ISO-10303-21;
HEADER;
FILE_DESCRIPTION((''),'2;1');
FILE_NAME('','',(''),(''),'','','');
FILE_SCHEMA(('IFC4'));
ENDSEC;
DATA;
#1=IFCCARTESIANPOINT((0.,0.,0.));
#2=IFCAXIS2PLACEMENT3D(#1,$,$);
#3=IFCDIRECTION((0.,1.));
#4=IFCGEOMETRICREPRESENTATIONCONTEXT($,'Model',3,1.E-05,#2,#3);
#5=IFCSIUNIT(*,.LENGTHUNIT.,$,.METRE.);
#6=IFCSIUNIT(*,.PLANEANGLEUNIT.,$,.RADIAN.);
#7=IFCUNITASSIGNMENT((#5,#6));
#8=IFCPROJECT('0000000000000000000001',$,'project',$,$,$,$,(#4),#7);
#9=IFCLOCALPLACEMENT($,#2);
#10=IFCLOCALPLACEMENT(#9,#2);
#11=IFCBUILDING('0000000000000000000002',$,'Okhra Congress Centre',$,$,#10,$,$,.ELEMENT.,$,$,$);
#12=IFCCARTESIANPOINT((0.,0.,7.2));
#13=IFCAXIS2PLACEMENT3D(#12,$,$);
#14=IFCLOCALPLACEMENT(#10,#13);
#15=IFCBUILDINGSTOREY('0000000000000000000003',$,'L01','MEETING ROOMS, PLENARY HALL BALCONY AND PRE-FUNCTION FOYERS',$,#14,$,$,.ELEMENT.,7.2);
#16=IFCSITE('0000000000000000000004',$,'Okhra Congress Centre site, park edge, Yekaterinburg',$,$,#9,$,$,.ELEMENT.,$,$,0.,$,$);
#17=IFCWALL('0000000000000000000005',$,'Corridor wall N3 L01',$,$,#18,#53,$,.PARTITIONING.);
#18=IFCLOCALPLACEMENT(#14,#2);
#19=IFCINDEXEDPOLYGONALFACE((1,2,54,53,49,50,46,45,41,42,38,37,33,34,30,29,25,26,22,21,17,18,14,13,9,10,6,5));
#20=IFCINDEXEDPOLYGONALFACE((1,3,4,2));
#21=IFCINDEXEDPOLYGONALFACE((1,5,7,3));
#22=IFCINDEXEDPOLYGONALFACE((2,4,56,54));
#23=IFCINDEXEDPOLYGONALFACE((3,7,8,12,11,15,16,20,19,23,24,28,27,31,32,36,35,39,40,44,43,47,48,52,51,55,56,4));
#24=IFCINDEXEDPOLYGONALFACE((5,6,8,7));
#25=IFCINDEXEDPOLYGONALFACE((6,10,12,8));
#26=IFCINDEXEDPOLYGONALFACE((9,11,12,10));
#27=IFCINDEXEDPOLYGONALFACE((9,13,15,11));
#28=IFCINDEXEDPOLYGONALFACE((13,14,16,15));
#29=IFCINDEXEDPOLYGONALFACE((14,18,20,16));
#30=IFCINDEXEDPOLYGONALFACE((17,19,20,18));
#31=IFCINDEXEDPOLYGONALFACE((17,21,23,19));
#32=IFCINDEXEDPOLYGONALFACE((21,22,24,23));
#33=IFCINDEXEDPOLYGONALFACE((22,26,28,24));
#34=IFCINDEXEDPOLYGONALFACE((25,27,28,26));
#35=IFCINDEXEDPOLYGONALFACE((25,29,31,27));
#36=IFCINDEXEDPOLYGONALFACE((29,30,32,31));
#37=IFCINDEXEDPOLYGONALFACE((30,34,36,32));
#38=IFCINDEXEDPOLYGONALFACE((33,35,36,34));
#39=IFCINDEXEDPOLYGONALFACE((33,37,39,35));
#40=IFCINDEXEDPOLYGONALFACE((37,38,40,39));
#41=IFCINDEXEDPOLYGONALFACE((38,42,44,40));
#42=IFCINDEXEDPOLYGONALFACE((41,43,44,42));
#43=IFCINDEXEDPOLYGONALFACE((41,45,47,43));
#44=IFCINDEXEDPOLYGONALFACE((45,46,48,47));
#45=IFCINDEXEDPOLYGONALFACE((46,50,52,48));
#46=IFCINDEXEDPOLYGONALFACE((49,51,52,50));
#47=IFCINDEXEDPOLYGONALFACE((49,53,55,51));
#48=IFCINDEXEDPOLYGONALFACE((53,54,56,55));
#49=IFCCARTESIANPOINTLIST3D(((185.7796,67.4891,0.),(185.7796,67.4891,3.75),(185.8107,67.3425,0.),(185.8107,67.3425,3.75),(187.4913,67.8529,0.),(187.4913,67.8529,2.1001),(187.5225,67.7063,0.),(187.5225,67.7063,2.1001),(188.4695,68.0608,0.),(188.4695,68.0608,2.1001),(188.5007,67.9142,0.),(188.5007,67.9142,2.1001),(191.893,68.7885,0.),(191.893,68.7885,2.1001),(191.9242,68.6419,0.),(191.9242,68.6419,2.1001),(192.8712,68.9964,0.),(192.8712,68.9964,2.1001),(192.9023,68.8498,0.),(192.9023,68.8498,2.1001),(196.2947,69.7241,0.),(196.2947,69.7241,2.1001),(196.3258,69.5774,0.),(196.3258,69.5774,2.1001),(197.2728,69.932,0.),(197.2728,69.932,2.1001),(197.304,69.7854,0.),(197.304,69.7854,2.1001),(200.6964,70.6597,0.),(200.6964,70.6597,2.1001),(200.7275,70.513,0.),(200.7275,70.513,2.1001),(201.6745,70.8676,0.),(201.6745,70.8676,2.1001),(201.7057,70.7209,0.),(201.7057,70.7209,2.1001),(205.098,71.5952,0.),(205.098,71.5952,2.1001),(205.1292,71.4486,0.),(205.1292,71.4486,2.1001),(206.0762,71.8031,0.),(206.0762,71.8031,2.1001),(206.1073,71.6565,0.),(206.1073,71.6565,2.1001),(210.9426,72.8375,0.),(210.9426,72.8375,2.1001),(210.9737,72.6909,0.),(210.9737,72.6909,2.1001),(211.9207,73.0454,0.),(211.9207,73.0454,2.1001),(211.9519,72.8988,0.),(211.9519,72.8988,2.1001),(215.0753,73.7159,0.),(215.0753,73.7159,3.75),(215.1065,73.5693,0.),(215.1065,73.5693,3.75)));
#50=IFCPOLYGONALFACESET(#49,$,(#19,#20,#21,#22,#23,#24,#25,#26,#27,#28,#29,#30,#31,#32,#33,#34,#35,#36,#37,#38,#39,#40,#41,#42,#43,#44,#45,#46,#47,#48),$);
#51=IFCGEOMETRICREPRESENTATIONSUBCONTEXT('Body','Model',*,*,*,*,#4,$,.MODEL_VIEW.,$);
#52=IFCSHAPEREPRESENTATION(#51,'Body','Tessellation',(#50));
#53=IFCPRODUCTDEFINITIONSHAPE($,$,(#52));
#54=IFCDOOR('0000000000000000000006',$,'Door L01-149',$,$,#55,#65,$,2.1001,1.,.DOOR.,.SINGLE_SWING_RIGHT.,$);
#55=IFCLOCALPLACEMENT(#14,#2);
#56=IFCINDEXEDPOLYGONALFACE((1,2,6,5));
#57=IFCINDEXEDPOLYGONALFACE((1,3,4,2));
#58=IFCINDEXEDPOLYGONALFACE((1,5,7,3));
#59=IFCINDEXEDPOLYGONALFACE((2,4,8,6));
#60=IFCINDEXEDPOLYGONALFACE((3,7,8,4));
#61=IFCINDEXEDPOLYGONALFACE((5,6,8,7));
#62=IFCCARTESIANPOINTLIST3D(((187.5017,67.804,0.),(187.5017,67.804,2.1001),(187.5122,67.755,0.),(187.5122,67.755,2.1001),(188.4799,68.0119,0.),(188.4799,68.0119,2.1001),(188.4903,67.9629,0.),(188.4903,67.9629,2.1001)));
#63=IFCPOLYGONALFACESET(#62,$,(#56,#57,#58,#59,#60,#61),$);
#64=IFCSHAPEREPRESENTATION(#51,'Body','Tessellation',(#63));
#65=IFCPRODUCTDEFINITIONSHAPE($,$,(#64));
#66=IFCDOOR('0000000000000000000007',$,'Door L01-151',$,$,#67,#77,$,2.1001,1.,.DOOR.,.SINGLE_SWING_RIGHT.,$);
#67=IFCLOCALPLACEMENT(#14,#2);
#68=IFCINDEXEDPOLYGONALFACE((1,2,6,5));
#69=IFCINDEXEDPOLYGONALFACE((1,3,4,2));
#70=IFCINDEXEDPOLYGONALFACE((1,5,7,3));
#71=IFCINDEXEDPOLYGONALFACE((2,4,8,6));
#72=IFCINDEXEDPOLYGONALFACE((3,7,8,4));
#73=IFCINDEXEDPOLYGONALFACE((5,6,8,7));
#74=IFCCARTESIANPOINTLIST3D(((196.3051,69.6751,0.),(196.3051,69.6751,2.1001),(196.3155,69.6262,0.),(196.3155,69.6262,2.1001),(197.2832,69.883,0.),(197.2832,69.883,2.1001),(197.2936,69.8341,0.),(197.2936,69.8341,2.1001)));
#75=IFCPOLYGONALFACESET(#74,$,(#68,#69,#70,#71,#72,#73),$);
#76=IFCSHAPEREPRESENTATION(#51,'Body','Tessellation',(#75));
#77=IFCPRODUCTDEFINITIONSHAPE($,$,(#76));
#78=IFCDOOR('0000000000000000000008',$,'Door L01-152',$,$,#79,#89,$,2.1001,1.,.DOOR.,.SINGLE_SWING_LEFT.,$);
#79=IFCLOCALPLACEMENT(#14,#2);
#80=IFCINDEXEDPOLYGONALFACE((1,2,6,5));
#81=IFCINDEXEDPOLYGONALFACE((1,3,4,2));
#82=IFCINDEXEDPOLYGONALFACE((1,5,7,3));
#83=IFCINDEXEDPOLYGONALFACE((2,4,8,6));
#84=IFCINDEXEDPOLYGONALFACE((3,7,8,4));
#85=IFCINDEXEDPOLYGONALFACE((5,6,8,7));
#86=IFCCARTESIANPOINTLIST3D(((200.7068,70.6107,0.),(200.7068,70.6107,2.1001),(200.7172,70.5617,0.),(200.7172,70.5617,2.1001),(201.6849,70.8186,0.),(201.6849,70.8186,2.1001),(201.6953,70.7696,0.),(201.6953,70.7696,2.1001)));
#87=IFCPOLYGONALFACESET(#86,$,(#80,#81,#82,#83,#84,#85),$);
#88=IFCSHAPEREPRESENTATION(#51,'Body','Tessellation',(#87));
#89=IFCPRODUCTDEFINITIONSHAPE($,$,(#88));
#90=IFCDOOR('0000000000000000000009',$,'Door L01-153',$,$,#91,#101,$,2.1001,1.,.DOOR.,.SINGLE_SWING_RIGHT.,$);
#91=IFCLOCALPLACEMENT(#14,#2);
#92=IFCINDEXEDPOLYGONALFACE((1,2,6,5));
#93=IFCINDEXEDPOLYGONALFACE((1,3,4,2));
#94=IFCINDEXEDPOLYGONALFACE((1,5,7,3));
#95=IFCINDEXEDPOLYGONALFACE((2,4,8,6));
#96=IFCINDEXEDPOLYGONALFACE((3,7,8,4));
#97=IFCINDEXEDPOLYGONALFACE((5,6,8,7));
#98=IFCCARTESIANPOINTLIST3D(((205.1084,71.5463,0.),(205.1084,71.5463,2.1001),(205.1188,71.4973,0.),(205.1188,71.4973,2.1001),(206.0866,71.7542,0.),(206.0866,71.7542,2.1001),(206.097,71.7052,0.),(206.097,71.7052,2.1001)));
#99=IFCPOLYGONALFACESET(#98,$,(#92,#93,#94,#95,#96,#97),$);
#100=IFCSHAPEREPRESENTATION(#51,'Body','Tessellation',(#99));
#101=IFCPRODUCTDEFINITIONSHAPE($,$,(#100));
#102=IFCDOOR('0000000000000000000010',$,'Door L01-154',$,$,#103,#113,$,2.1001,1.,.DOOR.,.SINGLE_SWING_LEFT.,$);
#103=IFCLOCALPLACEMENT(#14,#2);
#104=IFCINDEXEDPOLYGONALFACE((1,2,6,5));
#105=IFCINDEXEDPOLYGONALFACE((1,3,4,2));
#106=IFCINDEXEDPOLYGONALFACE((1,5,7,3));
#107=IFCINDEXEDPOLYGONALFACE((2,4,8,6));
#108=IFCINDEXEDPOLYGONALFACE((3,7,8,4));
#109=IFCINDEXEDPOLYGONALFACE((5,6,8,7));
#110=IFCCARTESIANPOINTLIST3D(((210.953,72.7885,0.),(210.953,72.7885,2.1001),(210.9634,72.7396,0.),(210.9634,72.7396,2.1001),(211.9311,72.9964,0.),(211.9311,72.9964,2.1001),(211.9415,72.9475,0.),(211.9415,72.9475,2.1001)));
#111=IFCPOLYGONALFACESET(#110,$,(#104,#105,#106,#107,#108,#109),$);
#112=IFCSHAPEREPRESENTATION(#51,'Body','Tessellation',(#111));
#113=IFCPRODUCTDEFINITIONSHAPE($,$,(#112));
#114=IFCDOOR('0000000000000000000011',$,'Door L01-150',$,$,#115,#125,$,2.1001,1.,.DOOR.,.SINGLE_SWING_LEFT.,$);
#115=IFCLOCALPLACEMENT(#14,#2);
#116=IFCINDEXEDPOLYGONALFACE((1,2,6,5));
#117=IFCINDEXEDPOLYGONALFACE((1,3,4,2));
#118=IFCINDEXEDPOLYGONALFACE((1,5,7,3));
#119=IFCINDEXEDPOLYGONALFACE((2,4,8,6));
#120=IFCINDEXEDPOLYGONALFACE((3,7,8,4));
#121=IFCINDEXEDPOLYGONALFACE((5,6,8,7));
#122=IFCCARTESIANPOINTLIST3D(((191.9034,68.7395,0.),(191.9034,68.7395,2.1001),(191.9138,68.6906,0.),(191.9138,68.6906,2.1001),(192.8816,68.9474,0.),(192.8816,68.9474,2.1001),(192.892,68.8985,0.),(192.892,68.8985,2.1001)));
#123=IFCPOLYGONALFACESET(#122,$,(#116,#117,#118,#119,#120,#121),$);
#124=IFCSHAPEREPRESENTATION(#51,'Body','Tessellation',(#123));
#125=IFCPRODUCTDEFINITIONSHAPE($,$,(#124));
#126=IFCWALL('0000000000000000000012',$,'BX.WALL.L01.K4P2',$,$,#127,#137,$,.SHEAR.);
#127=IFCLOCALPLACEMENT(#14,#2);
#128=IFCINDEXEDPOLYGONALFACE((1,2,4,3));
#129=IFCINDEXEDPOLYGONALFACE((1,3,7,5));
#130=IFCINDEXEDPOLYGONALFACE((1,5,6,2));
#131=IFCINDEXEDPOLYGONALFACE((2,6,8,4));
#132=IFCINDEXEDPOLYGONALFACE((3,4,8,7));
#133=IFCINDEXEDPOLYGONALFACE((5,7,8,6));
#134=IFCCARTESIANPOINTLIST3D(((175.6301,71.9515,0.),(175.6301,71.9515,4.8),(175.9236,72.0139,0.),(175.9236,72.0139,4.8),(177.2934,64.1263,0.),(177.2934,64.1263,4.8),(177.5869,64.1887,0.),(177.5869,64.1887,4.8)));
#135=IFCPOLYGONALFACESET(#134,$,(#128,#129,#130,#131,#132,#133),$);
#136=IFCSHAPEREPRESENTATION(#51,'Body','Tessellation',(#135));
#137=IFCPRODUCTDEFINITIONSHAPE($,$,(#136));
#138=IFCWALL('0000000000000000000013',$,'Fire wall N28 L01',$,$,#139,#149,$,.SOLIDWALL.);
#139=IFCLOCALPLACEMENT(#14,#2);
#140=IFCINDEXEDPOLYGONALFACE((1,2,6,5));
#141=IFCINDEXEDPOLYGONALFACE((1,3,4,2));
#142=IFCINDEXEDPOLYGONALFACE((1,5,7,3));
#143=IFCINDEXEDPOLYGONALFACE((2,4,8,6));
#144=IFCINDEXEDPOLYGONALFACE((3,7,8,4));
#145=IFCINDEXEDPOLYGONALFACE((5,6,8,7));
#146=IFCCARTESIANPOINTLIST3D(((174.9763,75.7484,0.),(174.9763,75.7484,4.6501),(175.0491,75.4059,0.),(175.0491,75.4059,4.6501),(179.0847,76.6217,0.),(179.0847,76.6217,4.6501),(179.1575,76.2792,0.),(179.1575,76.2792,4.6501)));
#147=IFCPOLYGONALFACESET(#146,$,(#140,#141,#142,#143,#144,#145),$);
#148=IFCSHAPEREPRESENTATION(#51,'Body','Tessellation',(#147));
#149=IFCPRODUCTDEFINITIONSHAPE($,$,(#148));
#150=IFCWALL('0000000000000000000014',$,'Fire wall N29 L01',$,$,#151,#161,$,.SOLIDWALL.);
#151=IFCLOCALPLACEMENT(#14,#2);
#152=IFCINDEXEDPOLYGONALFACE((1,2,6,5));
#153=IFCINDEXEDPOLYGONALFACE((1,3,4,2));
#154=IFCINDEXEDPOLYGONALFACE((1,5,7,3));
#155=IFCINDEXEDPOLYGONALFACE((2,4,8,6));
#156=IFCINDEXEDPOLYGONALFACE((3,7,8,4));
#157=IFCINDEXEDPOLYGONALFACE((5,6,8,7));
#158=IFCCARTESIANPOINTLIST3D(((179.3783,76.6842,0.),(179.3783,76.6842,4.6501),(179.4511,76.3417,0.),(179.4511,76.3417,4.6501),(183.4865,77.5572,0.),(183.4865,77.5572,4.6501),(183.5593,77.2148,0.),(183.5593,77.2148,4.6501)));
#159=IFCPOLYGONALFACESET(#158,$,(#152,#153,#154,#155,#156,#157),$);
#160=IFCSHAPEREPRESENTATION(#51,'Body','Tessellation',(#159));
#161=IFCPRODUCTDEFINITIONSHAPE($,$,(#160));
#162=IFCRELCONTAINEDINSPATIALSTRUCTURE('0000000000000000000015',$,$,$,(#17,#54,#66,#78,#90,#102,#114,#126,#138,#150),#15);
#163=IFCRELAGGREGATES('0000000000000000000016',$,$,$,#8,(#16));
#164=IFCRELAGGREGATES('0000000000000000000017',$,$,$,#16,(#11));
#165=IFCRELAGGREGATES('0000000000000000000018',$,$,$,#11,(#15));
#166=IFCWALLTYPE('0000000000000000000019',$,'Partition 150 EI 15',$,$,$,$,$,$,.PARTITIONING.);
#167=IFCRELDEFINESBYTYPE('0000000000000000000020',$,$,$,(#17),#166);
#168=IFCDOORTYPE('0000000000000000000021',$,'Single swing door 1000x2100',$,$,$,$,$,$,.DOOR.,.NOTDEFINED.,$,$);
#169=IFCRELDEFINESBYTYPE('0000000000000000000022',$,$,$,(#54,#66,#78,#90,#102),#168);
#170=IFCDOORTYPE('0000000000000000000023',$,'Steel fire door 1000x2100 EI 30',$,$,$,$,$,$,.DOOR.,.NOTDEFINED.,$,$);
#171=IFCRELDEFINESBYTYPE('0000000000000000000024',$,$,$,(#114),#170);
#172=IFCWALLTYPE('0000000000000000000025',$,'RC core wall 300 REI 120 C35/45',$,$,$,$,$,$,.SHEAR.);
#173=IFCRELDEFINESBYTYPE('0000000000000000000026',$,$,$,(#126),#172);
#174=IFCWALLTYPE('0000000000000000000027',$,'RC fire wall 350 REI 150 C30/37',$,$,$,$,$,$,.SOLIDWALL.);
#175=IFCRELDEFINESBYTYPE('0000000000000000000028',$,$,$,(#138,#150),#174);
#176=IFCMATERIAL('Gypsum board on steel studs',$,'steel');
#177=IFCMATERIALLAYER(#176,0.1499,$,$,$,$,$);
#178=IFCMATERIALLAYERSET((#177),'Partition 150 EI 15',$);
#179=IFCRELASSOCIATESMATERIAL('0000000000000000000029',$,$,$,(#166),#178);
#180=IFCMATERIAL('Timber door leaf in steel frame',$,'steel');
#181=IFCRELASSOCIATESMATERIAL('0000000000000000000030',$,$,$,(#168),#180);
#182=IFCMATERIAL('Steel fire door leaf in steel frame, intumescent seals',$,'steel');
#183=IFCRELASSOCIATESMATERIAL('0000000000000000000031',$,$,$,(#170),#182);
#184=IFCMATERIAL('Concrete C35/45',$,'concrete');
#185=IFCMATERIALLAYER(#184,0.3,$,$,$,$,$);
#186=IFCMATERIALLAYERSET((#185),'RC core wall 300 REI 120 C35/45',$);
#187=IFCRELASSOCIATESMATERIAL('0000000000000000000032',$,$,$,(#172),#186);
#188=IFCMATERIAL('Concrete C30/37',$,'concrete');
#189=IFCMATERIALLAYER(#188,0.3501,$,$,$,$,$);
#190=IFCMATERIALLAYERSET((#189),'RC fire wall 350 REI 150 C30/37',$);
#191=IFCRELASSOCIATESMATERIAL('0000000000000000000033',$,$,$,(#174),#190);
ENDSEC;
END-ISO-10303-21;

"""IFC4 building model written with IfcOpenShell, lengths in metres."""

from ifc_helpers import new_model, si_unit, direction, frame, frame_2d, origin, place, context, subcontext, project, spatial, rectangle, extrude, material, layer, layer_set, type_object, element, fill, save


model = new_model("IFC4")

# Units and contexts
model_context = context("Model", 3, precision=1e-05, world=origin(), true_north=direction((0.0, 1.0)))
body_context = subcontext(model_context, "Body", "Model", "MODEL_VIEW")
ifc_project = project(units=[si_unit("LENGTHUNIT", "METRE"), si_unit("PLANEANGLEUNIT", "RADIAN")], contexts=[model_context])

# Site, building, storey
site_placement = place(None, origin())
site = spatial("IfcSite", under=ifc_project, at=site_placement, Name="Okhra Congress Centre site, park edge, Yekaterinburg", CompositionType="ELEMENT", RefElevation=0.0)
building_placement = place(site_placement, origin())
building = spatial("IfcBuilding", under=site, at=building_placement, Name="Okhra Congress Centre", CompositionType="ELEMENT")
storey_placement = place(building_placement, frame((0.0, 0.0, 7.2)))
storey = spatial("IfcBuildingStorey", under=building, at=storey_placement, Name="L01", Description="MEETING ROOMS, PLENARY HALL BALCONY AND PRE-FUNCTION FOYERS", CompositionType="ELEMENT", Elevation=7.2)

# Wall, openings, doors
ifc_material_1 = material(Name="Gypsum board on steel studs", Category="steel")
ifc_layer_1 = layer(ifc_material_1, 0.1499)
ifc_layer_set_1 = layer_set([ifc_layer_1], Name="Partition 150 EI 15")
wall_type_1 = type_object("IfcWallType", Name="Partition 150 EI 15", PredefinedType="PARTITIONING", material=ifc_layer_set_1)
wall_1_placement = place(storey_placement, frame((185.7952, 67.4158, 0.0), z_axis=(0.0, 0.0, 1.0), x_axis=(0.978149, 0.207906, 0.0)))
wall_1 = element("IfcWall", 1, at=wall_1_placement, inside=storey, type_object=wall_type_1, Name="Corridor wall N3 L01", PredefinedType="PARTITIONING", context=body_context, shape_type="SweptSolid", body=[
    extrude(rectangle(XDim=29.9502, YDim=0.1499, at=frame_2d((14.9751, 0.0))), origin(), (0.0, 0.0, 1.0), 3.75),
])
opening_1_placement = place(wall_1_placement, frame((1.75, 0.0, 0.0)))
opening_1 = element("IfcOpeningElement", 2, at=opening_1_placement, cuts=wall_1, PredefinedType="OPENING", context=body_context, shape_type="SweptSolid", body=[
    extrude(rectangle(XDim=1.0, YDim=2.1001, at=frame_2d((0.5, 1.05))), frame((0.0, 0.085, 0.0), z_axis=(0.0, -1.0, 0.0), x_axis=(1.0, 0.0, 0.0)), (0.0, 0.0, 1.0), 0.1699),
])
opening_2_placement = place(wall_1_placement, frame((6.25, 0.0, 0.0)))
opening_2 = element("IfcOpeningElement", 3, at=opening_2_placement, cuts=wall_1, PredefinedType="OPENING", context=body_context, shape_type="SweptSolid", body=[
    extrude(rectangle(XDim=1.0, YDim=2.1001, at=frame_2d((0.5, 1.05))), frame((0.0, 0.085, 0.0), z_axis=(0.0, -1.0, 0.0), x_axis=(1.0, 0.0, 0.0)), (0.0, 0.0, 1.0), 0.1699),
])
opening_3_placement = place(wall_1_placement, frame((10.75, 0.0, 0.0)))
opening_3 = element("IfcOpeningElement", 4, at=opening_3_placement, cuts=wall_1, PredefinedType="OPENING", context=body_context, shape_type="SweptSolid", body=[
    extrude(rectangle(XDim=1.0, YDim=2.1001, at=frame_2d((0.5, 1.05))), frame((0.0, 0.085, 0.0), z_axis=(0.0, -1.0, 0.0), x_axis=(1.0, 0.0, 0.0)), (0.0, 0.0, 1.0), 0.1699),
])
opening_4_placement = place(wall_1_placement, frame((15.25, 0.0, 0.0)))
opening_4 = element("IfcOpeningElement", 5, at=opening_4_placement, cuts=wall_1, PredefinedType="OPENING", context=body_context, shape_type="SweptSolid", body=[
    extrude(rectangle(XDim=1.0, YDim=2.1001, at=frame_2d((0.5, 1.05))), frame((0.0, 0.085, 0.0), z_axis=(0.0, -1.0, 0.0), x_axis=(1.0, 0.0, 0.0)), (0.0, 0.0, 1.0), 0.1699),
])
opening_5_placement = place(wall_1_placement, frame((19.75, 0.0, 0.0)))
opening_5 = element("IfcOpeningElement", 6, at=opening_5_placement, cuts=wall_1, PredefinedType="OPENING", context=body_context, shape_type="SweptSolid", body=[
    extrude(rectangle(XDim=1.0, YDim=2.1001, at=frame_2d((0.5, 1.05))), frame((0.0, 0.085, 0.0), z_axis=(0.0, -1.0, 0.0), x_axis=(1.0, 0.0, 0.0)), (0.0, 0.0, 1.0), 0.1699),
])
opening_6_placement = place(wall_1_placement, frame((25.7251, 0.0, 0.0)))
opening_6 = element("IfcOpeningElement", 7, at=opening_6_placement, cuts=wall_1, PredefinedType="OPENING", context=body_context, shape_type="SweptSolid", body=[
    extrude(rectangle(XDim=1.0, YDim=2.1001, at=frame_2d((0.5, 1.05))), frame((0.0, 0.085, 0.0), z_axis=(0.0, -1.0, 0.0), x_axis=(1.0, 0.0, 0.0)), (0.0, 0.0, 1.0), 0.1699),
])
ifc_material_2 = material(Name="Timber door leaf in steel frame", Category="steel")
door_type_1 = type_object("IfcDoorType", Name="Single swing door 1000x2100", OperationType="NOTDEFINED", PredefinedType="DOOR", material=ifc_material_2)
door_1_placement = place(opening_1_placement, origin())
door_1 = element("IfcDoor", 8, at=door_1_placement, inside=storey, type_object=door_type_1, Name="Door L01-149", OperationType="SINGLE_SWING_RIGHT", OverallHeight=2.1001, OverallWidth=1.0, PredefinedType="DOOR", context=body_context, shape_type="SweptSolid", body=[
    extrude(rectangle(XDim=1.0, YDim=2.1001, at=frame_2d((0.5, 1.05))), frame((0.0, 0.0249, 0.0), z_axis=(0.0, -1.0, 0.0), x_axis=(1.0, 0.0, 0.0)), (0.0, 0.0, 1.0), 0.05),
])
fill(opening_1, door_1)
door_2_placement = place(opening_3_placement, origin())
door_2 = element("IfcDoor", 9, at=door_2_placement, inside=storey, type_object=door_type_1, Name="Door L01-151", OperationType="SINGLE_SWING_RIGHT", OverallHeight=2.1001, OverallWidth=1.0, PredefinedType="DOOR", context=body_context, shape_type="SweptSolid", body=[
    extrude(rectangle(XDim=1.0, YDim=2.1001, at=frame_2d((0.5, 1.05))), frame((0.0, 0.0249, 0.0), z_axis=(0.0, -1.0, 0.0), x_axis=(1.0, 0.0, 0.0)), (0.0, 0.0, 1.0), 0.05),
])
fill(opening_3, door_2)
door_3_placement = place(opening_4_placement, origin())
door_3 = element("IfcDoor", 10, at=door_3_placement, inside=storey, type_object=door_type_1, Name="Door L01-152", OperationType="SINGLE_SWING_LEFT", OverallHeight=2.1001, OverallWidth=1.0, PredefinedType="DOOR", context=body_context, shape_type="SweptSolid", body=[
    extrude(rectangle(XDim=1.0, YDim=2.1001, at=frame_2d((0.5, 1.05))), frame((0.0, 0.0249, 0.0), z_axis=(0.0, -1.0, 0.0), x_axis=(1.0, 0.0, 0.0)), (0.0, 0.0, 1.0), 0.05),
])
fill(opening_4, door_3)
door_4_placement = place(opening_5_placement, origin())
door_4 = element("IfcDoor", 11, at=door_4_placement, inside=storey, type_object=door_type_1, Name="Door L01-153", OperationType="SINGLE_SWING_RIGHT", OverallHeight=2.1001, OverallWidth=1.0, PredefinedType="DOOR", context=body_context, shape_type="SweptSolid", body=[
    extrude(rectangle(XDim=1.0, YDim=2.1001, at=frame_2d((0.5, 1.05))), frame((0.0, 0.0249, 0.0), z_axis=(0.0, -1.0, 0.0), x_axis=(1.0, 0.0, 0.0)), (0.0, 0.0, 1.0), 0.05),
])
fill(opening_5, door_4)
door_5_placement = place(opening_6_placement, origin())
door_5 = element("IfcDoor", 12, at=door_5_placement, inside=storey, type_object=door_type_1, Name="Door L01-154", OperationType="SINGLE_SWING_LEFT", OverallHeight=2.1001, OverallWidth=1.0, PredefinedType="DOOR", context=body_context, shape_type="SweptSolid", body=[
    extrude(rectangle(XDim=1.0, YDim=2.1001, at=frame_2d((0.5, 1.05))), frame((0.0, 0.0249, 0.0), z_axis=(0.0, -1.0, 0.0), x_axis=(1.0, 0.0, 0.0)), (0.0, 0.0, 1.0), 0.05),
])
fill(opening_6, door_5)
ifc_material_3 = material(Name="Steel fire door leaf in steel frame, intumescent seals", Category="steel")
door_type_2 = type_object("IfcDoorType", Name="Steel fire door 1000x2100 EI 30", OperationType="NOTDEFINED", PredefinedType="DOOR", material=ifc_material_3)
door_6_placement = place(opening_2_placement, origin())
door_6 = element("IfcDoor", 13, at=door_6_placement, inside=storey, type_object=door_type_2, Name="Door L01-150", OperationType="SINGLE_SWING_LEFT", OverallHeight=2.1001, OverallWidth=1.0, PredefinedType="DOOR", context=body_context, shape_type="SweptSolid", body=[
    extrude(rectangle(XDim=1.0, YDim=2.1001, at=frame_2d((0.5, 1.05))), frame((0.0, 0.0249, 0.0), z_axis=(0.0, -1.0, 0.0), x_axis=(1.0, 0.0, 0.0)), (0.0, 0.0, 1.0), 0.05),
])
fill(opening_2, door_6)

# Walls
ifc_material_4 = material(Name="Concrete C35/45", Category="concrete")
ifc_layer_2 = layer(ifc_material_4, 0.3)
ifc_layer_set_2 = layer_set([ifc_layer_2], Name="RC core wall 300 REI 120 C35/45")
wall_type_2 = type_object("IfcWallType", Name="RC core wall 300 REI 120 C35/45", PredefinedType="SHEAR", material=ifc_layer_set_2)
wall_2_placement = place(storey_placement, frame((175.7769, 71.9827, 0.0), z_axis=(0.0, 0.0, 1.0), x_axis=(0.207916, -0.978147, 0.0)))
element("IfcWall", 14, at=wall_2_placement, inside=storey, type_object=wall_type_2, Name="BX.WALL.L01.K4P2", PredefinedType="SHEAR", context=body_context, shape_type="SweptSolid", body=[
    extrude(rectangle(XDim=8.0, YDim=0.3, at=frame_2d((4.0, 0.0))), origin(), (0.0, 0.0, 1.0), 4.8),
])
ifc_material_5 = material(Name="Concrete C30/37", Category="concrete")
ifc_layer_3 = layer(ifc_material_5, 0.3501)
ifc_layer_set_3 = layer_set([ifc_layer_3], Name="RC fire wall 350 REI 150 C30/37")
wall_type_3 = type_object("IfcWallType", Name="RC fire wall 350 REI 150 C30/37", PredefinedType="SOLIDWALL", material=ifc_layer_set_3)
wall_3_placement = place(storey_placement, frame((175.0127, 75.5771, 0.0), z_axis=(0.0, 0.0, 1.0), x_axis=(0.978146, 0.207917, 0.0)))
element("IfcWall", 15, at=wall_3_placement, inside=storey, type_object=wall_type_3, Name="Fire wall N28 L01", PredefinedType="SOLIDWALL", context=body_context, shape_type="SweptSolid", body=[
    extrude(rectangle(XDim=4.2002, YDim=0.3501, at=frame_2d((2.1001, 0.0))), origin(), (0.0, 0.0, 1.0), 4.6501),
])
wall_4_placement = place(storey_placement, frame((179.4146, 76.5129, 0.0), z_axis=(0.0, 0.0, 1.0), x_axis=(0.978156, 0.207873, 0.0)))
element("IfcWall", 16, at=wall_4_placement, inside=storey, type_object=wall_type_3, Name="Fire wall N29 L01", PredefinedType="SOLIDWALL", context=body_context, shape_type="SweptSolid", body=[
    extrude(rectangle(XDim=4.2, YDim=0.3501, at=frame_2d((2.1001, 0.0))), origin(), (0.0, 0.0, 1.0), 4.6501),
])

save(model, "model.ifc")
